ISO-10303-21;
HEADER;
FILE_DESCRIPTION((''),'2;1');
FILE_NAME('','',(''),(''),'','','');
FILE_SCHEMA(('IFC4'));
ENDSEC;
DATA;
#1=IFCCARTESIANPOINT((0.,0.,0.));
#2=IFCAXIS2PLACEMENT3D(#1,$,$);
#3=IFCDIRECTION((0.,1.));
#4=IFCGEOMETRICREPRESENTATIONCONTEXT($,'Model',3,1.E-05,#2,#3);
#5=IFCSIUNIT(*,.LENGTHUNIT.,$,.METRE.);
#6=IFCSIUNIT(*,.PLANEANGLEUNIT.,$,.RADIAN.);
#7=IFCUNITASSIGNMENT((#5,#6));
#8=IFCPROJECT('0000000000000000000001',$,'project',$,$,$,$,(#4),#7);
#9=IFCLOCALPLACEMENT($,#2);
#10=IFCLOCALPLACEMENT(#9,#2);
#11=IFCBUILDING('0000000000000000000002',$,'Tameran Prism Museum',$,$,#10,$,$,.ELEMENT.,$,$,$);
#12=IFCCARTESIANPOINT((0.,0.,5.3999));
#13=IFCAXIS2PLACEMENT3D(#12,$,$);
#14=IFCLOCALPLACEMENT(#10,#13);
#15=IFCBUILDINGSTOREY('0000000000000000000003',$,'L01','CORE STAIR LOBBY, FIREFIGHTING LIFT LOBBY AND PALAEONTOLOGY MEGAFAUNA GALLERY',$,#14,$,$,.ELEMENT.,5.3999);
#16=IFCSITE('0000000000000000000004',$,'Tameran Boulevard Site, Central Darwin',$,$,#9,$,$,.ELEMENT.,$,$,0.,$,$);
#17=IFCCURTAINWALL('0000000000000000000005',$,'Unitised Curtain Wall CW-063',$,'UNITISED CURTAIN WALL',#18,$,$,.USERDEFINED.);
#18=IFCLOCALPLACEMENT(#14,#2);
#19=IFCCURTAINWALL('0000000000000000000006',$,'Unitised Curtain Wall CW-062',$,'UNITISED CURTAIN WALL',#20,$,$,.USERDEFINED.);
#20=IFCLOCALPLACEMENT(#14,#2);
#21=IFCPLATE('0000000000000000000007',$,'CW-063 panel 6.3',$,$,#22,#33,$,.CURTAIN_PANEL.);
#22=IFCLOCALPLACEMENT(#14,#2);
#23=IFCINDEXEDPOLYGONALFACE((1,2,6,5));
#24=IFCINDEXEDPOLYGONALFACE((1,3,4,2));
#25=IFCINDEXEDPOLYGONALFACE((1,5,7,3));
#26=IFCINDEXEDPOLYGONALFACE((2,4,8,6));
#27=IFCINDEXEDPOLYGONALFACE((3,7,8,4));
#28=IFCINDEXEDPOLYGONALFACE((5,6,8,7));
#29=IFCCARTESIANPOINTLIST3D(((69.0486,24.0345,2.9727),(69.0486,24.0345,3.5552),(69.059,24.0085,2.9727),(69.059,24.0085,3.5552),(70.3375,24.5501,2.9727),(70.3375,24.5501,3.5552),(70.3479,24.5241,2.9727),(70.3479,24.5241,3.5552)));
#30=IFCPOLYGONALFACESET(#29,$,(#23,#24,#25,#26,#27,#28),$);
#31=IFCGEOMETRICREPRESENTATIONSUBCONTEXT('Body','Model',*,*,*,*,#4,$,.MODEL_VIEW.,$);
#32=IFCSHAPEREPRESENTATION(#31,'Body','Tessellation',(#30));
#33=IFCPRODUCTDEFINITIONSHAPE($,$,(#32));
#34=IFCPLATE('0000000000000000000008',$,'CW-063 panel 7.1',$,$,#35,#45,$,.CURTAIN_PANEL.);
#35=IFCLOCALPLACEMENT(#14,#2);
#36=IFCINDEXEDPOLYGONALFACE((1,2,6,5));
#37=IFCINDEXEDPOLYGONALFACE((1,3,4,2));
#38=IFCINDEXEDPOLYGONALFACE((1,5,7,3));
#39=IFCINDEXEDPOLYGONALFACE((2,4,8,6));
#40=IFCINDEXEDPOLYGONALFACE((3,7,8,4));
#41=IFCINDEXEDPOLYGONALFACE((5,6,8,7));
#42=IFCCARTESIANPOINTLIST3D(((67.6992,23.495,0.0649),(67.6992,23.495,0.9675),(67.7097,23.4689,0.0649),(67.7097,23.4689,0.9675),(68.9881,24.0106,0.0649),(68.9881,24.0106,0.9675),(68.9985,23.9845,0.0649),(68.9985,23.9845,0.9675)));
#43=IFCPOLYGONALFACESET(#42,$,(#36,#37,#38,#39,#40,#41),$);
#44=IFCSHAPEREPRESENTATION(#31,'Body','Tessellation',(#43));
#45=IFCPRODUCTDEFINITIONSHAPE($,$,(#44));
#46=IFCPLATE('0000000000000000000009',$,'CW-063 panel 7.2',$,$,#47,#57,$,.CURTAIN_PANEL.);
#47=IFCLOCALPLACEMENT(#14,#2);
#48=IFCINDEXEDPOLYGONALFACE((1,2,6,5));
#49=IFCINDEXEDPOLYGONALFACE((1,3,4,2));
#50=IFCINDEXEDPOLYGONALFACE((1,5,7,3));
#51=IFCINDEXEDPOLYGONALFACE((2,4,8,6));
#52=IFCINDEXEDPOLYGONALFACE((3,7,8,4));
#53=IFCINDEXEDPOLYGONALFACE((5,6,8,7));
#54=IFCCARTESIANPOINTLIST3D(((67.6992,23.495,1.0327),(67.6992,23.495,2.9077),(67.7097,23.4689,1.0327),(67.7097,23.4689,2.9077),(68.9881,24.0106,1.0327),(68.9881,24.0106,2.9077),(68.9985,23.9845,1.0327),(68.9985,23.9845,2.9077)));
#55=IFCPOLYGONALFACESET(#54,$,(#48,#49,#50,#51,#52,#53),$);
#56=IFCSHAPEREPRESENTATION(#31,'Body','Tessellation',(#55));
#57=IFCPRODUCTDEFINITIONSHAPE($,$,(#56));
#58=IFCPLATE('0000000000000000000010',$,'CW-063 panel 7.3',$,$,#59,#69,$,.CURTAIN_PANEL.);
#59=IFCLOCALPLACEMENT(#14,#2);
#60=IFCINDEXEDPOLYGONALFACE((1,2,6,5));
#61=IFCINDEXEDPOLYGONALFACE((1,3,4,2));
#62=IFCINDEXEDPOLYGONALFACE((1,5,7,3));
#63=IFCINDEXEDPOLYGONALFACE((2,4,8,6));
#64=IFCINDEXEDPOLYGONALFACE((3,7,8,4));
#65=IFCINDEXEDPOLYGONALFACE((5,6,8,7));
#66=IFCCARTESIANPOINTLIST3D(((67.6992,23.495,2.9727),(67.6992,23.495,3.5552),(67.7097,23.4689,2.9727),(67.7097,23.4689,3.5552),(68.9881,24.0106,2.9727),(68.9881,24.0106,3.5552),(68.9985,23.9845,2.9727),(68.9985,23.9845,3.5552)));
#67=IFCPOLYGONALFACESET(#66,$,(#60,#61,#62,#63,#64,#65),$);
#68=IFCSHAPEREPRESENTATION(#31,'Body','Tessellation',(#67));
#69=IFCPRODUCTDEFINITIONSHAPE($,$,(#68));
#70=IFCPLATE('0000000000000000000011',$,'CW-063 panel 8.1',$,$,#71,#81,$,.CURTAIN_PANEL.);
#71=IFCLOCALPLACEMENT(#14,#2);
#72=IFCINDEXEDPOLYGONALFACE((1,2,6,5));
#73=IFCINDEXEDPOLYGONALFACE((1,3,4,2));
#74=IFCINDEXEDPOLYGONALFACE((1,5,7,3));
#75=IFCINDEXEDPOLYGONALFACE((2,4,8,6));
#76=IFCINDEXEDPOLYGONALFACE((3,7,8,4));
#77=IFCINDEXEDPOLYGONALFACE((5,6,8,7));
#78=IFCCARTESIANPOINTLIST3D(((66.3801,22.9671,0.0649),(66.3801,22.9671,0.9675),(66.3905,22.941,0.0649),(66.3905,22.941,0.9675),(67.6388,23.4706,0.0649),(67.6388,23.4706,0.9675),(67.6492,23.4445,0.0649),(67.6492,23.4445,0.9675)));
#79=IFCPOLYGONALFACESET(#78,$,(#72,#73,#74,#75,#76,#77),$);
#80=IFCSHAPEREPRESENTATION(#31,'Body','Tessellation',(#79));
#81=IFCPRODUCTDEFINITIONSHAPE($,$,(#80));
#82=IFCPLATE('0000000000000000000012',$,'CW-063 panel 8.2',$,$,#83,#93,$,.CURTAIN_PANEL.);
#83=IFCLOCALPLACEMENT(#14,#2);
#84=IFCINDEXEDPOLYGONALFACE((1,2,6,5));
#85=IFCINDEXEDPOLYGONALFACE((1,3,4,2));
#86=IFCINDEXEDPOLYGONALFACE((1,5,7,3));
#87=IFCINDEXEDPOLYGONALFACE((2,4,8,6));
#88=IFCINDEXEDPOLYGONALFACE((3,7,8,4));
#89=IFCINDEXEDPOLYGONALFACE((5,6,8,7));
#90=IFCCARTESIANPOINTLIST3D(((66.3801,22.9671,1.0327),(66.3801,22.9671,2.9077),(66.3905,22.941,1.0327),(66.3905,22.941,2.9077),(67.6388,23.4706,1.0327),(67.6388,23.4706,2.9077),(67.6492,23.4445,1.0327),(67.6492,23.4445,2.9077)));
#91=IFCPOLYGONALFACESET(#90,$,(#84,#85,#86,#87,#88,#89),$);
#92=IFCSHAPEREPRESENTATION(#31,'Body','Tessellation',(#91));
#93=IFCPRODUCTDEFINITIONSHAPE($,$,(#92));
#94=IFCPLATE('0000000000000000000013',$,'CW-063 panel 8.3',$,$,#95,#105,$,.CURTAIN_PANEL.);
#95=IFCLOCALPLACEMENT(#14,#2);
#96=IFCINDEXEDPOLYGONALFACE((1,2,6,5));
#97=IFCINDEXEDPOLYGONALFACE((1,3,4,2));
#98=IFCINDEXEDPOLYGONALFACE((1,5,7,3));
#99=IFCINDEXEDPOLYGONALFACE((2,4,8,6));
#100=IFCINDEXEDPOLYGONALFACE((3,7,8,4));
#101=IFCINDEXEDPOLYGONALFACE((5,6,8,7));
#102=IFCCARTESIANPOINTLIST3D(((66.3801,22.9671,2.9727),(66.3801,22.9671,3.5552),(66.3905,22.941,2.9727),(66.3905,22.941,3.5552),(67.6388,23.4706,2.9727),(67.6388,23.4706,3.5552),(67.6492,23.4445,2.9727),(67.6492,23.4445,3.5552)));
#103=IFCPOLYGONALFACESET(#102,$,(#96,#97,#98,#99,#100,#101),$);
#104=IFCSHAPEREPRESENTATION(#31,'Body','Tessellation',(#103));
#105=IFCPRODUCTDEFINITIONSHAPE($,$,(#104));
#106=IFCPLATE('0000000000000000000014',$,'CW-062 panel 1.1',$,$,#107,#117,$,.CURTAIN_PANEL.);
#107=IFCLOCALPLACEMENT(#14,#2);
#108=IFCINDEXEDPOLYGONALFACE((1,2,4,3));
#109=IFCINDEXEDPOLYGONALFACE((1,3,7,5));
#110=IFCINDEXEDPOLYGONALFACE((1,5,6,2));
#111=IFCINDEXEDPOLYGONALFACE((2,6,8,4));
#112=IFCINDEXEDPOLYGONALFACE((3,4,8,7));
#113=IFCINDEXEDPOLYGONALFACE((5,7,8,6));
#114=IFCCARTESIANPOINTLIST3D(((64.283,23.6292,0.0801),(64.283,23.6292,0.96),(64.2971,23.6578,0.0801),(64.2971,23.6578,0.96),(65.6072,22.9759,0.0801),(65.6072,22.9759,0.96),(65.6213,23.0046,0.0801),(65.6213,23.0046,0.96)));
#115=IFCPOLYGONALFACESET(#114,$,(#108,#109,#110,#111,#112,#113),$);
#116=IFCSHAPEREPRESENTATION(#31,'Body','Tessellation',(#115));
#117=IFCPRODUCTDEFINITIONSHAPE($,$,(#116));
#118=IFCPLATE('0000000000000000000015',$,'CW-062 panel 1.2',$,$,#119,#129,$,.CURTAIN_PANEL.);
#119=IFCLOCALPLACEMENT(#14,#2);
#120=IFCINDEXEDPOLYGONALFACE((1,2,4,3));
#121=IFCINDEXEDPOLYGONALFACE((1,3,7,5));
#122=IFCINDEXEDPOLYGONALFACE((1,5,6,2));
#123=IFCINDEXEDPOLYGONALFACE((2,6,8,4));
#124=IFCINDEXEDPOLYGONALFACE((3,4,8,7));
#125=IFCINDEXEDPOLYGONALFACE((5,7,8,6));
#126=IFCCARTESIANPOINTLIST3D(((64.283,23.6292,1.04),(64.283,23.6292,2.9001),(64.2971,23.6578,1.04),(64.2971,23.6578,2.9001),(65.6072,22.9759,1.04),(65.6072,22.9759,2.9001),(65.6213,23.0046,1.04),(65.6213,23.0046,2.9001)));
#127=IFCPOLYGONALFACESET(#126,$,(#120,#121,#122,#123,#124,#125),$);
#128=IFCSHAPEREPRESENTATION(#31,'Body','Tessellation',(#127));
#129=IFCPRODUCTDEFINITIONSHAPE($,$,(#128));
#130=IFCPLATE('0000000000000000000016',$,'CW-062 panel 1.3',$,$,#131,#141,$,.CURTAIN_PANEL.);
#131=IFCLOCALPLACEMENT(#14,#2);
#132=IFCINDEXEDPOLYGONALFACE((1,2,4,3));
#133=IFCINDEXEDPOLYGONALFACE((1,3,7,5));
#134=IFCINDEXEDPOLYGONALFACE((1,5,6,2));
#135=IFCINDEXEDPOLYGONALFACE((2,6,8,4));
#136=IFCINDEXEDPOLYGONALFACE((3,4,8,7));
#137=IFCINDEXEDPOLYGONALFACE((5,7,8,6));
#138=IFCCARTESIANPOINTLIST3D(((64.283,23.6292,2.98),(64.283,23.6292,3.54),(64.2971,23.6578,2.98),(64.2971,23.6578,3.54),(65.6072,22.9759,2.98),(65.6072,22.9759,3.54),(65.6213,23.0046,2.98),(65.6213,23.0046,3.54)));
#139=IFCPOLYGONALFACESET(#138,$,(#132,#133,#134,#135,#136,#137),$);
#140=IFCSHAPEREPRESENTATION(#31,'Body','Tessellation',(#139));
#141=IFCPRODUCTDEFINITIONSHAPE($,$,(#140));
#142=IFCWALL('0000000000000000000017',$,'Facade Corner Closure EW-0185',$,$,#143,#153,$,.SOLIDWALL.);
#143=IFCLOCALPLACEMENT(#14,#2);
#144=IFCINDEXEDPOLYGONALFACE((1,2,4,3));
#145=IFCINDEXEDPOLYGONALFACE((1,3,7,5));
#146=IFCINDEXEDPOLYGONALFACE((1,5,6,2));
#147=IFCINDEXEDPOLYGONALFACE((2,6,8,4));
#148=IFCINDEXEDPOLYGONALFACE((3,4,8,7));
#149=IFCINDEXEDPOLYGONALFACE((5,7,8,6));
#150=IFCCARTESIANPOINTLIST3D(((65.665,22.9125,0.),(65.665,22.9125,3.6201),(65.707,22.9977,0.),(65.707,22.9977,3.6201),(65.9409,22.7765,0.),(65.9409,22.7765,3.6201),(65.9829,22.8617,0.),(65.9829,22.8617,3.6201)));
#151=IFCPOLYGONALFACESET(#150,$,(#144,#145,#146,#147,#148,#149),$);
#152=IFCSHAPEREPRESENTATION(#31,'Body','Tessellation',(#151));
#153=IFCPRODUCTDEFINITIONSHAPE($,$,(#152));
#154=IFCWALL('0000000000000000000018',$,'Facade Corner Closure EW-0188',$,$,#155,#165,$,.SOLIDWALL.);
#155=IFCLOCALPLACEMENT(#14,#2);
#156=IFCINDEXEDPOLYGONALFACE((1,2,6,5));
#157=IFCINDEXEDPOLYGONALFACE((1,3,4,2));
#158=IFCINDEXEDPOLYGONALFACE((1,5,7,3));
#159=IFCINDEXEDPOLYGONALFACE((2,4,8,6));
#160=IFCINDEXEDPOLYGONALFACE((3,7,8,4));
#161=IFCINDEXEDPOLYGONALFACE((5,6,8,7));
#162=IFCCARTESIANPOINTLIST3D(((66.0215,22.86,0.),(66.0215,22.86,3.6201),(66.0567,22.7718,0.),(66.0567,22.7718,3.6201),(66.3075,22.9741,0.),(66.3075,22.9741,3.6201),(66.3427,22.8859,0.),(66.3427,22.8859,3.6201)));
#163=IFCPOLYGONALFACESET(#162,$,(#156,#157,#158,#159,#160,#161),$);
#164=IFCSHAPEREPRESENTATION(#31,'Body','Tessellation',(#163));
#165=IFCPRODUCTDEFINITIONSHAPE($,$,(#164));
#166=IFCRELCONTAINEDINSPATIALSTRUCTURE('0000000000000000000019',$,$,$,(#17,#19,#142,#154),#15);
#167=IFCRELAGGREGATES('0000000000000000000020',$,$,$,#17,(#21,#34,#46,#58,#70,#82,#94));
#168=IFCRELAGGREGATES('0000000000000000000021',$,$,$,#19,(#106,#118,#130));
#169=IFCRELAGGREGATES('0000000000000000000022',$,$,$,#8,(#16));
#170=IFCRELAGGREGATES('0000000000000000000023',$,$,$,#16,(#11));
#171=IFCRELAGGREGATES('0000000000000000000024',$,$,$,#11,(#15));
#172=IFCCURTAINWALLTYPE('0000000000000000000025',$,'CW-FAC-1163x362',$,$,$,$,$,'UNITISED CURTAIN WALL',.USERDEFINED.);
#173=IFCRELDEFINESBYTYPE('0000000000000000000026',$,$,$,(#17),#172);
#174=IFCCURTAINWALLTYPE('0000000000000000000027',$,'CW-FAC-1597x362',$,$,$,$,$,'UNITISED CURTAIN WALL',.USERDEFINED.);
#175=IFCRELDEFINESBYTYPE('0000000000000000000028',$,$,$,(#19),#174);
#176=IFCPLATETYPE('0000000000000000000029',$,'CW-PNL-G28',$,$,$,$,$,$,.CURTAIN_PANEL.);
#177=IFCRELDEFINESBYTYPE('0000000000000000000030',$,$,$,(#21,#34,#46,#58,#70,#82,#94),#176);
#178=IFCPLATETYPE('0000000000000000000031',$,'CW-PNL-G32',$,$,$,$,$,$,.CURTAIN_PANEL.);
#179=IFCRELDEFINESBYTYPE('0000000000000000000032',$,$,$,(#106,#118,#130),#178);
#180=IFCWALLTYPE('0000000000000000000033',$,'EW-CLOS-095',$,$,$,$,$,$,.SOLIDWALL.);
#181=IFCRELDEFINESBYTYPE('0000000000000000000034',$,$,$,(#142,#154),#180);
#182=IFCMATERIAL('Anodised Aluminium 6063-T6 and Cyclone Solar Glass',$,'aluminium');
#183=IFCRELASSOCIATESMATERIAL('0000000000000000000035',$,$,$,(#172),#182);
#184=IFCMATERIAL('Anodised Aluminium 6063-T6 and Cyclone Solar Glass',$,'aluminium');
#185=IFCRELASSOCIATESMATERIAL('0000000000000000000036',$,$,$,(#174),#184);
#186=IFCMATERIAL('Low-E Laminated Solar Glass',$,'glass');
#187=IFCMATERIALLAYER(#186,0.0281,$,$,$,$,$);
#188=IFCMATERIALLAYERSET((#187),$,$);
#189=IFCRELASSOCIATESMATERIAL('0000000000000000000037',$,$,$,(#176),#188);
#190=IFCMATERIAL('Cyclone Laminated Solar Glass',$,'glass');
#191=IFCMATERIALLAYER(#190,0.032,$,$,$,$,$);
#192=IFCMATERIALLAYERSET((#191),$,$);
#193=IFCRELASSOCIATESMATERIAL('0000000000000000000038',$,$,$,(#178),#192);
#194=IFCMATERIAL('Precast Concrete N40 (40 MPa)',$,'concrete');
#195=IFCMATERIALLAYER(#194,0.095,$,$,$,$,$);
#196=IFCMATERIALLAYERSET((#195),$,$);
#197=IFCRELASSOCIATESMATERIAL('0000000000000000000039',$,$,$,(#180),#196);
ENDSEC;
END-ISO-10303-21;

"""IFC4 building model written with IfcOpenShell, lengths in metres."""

from ifc_helpers import new_model, si_unit, direction, frame, frame_2d, origin, origin_2d, place, context, subcontext, project, spatial, rectangle, extrude, material, layer, layer_set, type_object, element, aggregate, save


model = new_model("IFC4")

# Units and contexts
model_context = context("Model", 3, precision=1e-05, world=origin(), true_north=direction((0.0, 1.0)))
body_context = subcontext(model_context, "Body", "Model", "MODEL_VIEW")
ifc_project = project(units=[si_unit("LENGTHUNIT", "METRE"), si_unit("PLANEANGLEUNIT", "RADIAN")], contexts=[model_context])

# Site, building, storey
site_placement = place(None, origin())
site = spatial("IfcSite", under=ifc_project, at=site_placement, Name="Tameran Boulevard Site, Central Darwin", CompositionType="ELEMENT", RefElevation=0.0)
building_placement = place(site_placement, origin())
building = spatial("IfcBuilding", under=site, at=building_placement, Name="Tameran Prism Museum", CompositionType="ELEMENT")
storey_placement = place(building_placement, frame((0.0, 0.0, 5.3999)))
storey = spatial("IfcBuildingStorey", under=building, at=storey_placement, Name="L01", Description="CORE STAIR LOBBY, FIREFIGHTING LIFT LOBBY AND PALAEONTOLOGY MEGAFAUNA GALLERY", CompositionType="ELEMENT", Elevation=5.3999)

# Curtain walls
ifc_material_1 = material(Name="Anodised Aluminium 6063-T6 and Cyclone Solar Glass", Category="aluminium")
curtain_wall_type_1 = type_object("IfcCurtainWallType", Name="CW-FAC-1163x362", ElementType="UNITISED CURTAIN WALL", PredefinedType="USERDEFINED", material=ifc_material_1)
curtain_wall_1_placement = place(storey_placement, origin())
curtain_wall_1 = element("IfcCurtainWall", 1, at=curtain_wall_1_placement, inside=storey, type_object=curtain_wall_type_1, Name="Unitised Curtain Wall CW-063", ObjectType="UNITISED CURTAIN WALL", PredefinedType="USERDEFINED")
ifc_material_2 = material(Name="Anodised Aluminium 6063-T6 and Cyclone Solar Glass", Category="aluminium")
curtain_wall_type_2 = type_object("IfcCurtainWallType", Name="CW-FAC-1597x362", ElementType="UNITISED CURTAIN WALL", PredefinedType="USERDEFINED", material=ifc_material_2)
curtain_wall_2_placement = place(storey_placement, origin())
curtain_wall_2 = element("IfcCurtainWall", 2, at=curtain_wall_2_placement, inside=storey, type_object=curtain_wall_type_2, Name="Unitised Curtain Wall CW-062", ObjectType="UNITISED CURTAIN WALL", PredefinedType="USERDEFINED")

# Plates
ifc_material_3 = material(Name="Low-E Laminated Solar Glass", Category="glass")
ifc_layer_1 = layer(ifc_material_3, 0.0281)
ifc_layer_set_1 = layer_set([ifc_layer_1])
plate_type_1 = type_object("IfcPlateType", Name="CW-PNL-G28", PredefinedType="CURTAIN_PANEL", material=ifc_layer_set_1)
plate_1_placement = place(storey_placement, frame((69.6982, 24.2793, 2.9727), z_axis=(0.0, 0.0, 1.0), x_axis=(-0.928465, -0.37142, 0.0)))
plate_1 = element("IfcPlate", 3, at=plate_1_placement, type_object=plate_type_1, Name="CW-063 panel 6.3", PredefinedType="CURTAIN_PANEL", context=body_context, shape_type="SweptSolid", body=[
    extrude(rectangle(XDim=1.3882, YDim=0.0281, at=origin_2d()), origin(), (0.0, 0.0, 1.0), 0.5825),
])
plate_2_placement = place(storey_placement, frame((68.3489, 23.7397, 0.0649), z_axis=(0.0, 0.0, 1.0), x_axis=(-0.928465, -0.37142, 0.0)))
plate_2 = element("IfcPlate", 4, at=plate_2_placement, type_object=plate_type_1, Name="CW-063 panel 7.1", PredefinedType="CURTAIN_PANEL", context=body_context, shape_type="SweptSolid", body=[
    extrude(rectangle(XDim=1.3882, YDim=0.0281, at=origin_2d()), origin(), (0.0, 0.0, 1.0), 0.9026),
])
plate_3_placement = place(storey_placement, frame((68.3489, 23.7397, 1.0327), z_axis=(0.0, 0.0, 1.0), x_axis=(-0.928465, -0.37142, 0.0)))
plate_3 = element("IfcPlate", 5, at=plate_3_placement, type_object=plate_type_1, Name="CW-063 panel 7.2", PredefinedType="CURTAIN_PANEL", context=body_context, shape_type="SweptSolid", body=[
    extrude(rectangle(XDim=1.3882, YDim=0.0281, at=origin_2d()), origin(), (0.0, 0.0, 1.0), 1.875),
])
plate_4_placement = place(storey_placement, frame((68.3489, 23.7397, 2.9727), z_axis=(0.0, 0.0, 1.0), x_axis=(-0.928465, -0.37142, 0.0)))
plate_4 = element("IfcPlate", 6, at=plate_4_placement, type_object=plate_type_1, Name="CW-063 panel 7.3", PredefinedType="CURTAIN_PANEL", context=body_context, shape_type="SweptSolid", body=[
    extrude(rectangle(XDim=1.3882, YDim=0.0281, at=origin_2d()), origin(), (0.0, 0.0, 1.0), 0.5825),
])
plate_5_placement = place(storey_placement, frame((67.0146, 23.2058, 0.0649), z_axis=(0.0, 0.0, 1.0), x_axis=(-0.928465, -0.37142, 0.0)))
plate_5 = element("IfcPlate", 7, at=plate_5_placement, type_object=plate_type_1, Name="CW-063 panel 8.1", PredefinedType="CURTAIN_PANEL", context=body_context, shape_type="SweptSolid", body=[
    extrude(rectangle(XDim=1.3557, YDim=0.0281, at=origin_2d()), origin(), (0.0, 0.0, 1.0), 0.9026),
])
plate_6_placement = place(storey_placement, frame((67.0146, 23.2058, 1.0327), z_axis=(0.0, 0.0, 1.0), x_axis=(-0.928465, -0.37142, 0.0)))
plate_6 = element("IfcPlate", 8, at=plate_6_placement, type_object=plate_type_1, Name="CW-063 panel 8.2", PredefinedType="CURTAIN_PANEL", context=body_context, shape_type="SweptSolid", body=[
    extrude(rectangle(XDim=1.3557, YDim=0.0281, at=origin_2d()), origin(), (0.0, 0.0, 1.0), 1.875),
])
plate_7_placement = place(storey_placement, frame((67.0146, 23.2058, 2.9727), z_axis=(0.0, 0.0, 1.0), x_axis=(-0.928465, -0.37142, 0.0)))
plate_7 = element("IfcPlate", 9, at=plate_7_placement, type_object=plate_type_1, Name="CW-063 panel 8.3", PredefinedType="CURTAIN_PANEL", context=body_context, shape_type="SweptSolid", body=[
    extrude(rectangle(XDim=1.3557, YDim=0.0281, at=origin_2d()), origin(), (0.0, 0.0, 1.0), 0.5825),
])
aggregate(curtain_wall_1, [plate_1, plate_2, plate_3, plate_4, plate_5, plate_6, plate_7])
ifc_material_4 = material(Name="Cyclone Laminated Solar Glass", Category="glass")
ifc_layer_2 = layer(ifc_material_4, 0.032)
ifc_layer_set_2 = layer_set([ifc_layer_2])
plate_type_2 = type_object("IfcPlateType", Name="CW-PNL-G32", PredefinedType="CURTAIN_PANEL", material=ifc_layer_set_2)
plate_8_placement = place(storey_placement, frame((64.9521, 23.3169, 0.0801), z_axis=(0.0, 0.0, 1.0), x_axis=(-0.896819, 0.442397, 0.0)))
plate_8 = element("IfcPlate", 10, at=plate_8_placement, type_object=plate_type_2, Name="CW-062 panel 1.1", PredefinedType="CURTAIN_PANEL", context=body_context, shape_type="SweptSolid", body=[
    extrude(rectangle(XDim=1.4766, YDim=0.032, at=origin_2d()), origin(), (0.0, 0.0, 1.0), 0.8799),
])
plate_9_placement = place(storey_placement, frame((64.9521, 23.3169, 1.04), z_axis=(0.0, 0.0, 1.0), x_axis=(-0.896819, 0.442397, 0.0)))
plate_9 = element("IfcPlate", 11, at=plate_9_placement, type_object=plate_type_2, Name="CW-062 panel 1.2", PredefinedType="CURTAIN_PANEL", context=body_context, shape_type="SweptSolid", body=[
    extrude(rectangle(XDim=1.4766, YDim=0.032, at=origin_2d()), origin(), (0.0, 0.0, 1.0), 1.8601),
])
plate_10_placement = place(storey_placement, frame((64.9521, 23.3169, 2.98), z_axis=(0.0, 0.0, 1.0), x_axis=(-0.896819, 0.442397, 0.0)))
plate_10 = element("IfcPlate", 12, at=plate_10_placement, type_object=plate_type_2, Name="CW-062 panel 1.3", PredefinedType="CURTAIN_PANEL", context=body_context, shape_type="SweptSolid", body=[
    extrude(rectangle(XDim=1.4766, YDim=0.032, at=origin_2d()), origin(), (0.0, 0.0, 1.0), 0.5601),
])
aggregate(curtain_wall_2, [plate_8, plate_9, plate_10])

# Walls
ifc_material_5 = material(Name="Precast Concrete N40 (40 MPa)", Category="concrete")
ifc_layer_3 = layer(ifc_material_5, 0.095)
ifc_layer_set_3 = layer_set([ifc_layer_3])
wall_type = type_object("IfcWallType", Name="EW-CLOS-095", PredefinedType="SOLIDWALL", material=ifc_layer_set_3)
wall_1_placement = place(storey_placement, frame((65.9619, 22.8191, 0.0), z_axis=(0.0, 0.0, 1.0), x_axis=(-0.896953, 0.442126, 0.0)))
element("IfcWall", 13, at=wall_1_placement, inside=storey, type_object=wall_type, Name="Facade Corner Closure EW-0185", PredefinedType="SOLIDWALL", context=body_context, shape_type="SweptSolid", body=[
    extrude(rectangle(XDim=0.3076, YDim=0.095, at=frame_2d((0.1538, 0.0))), origin(), (0.0, 0.0, 1.0), 3.6201),
])
wall_2_placement = place(storey_placement, frame((66.325, 22.9299, 0.0), z_axis=(0.0, 0.0, 1.0), x_axis=(-0.928859, -0.370433, 0.0)))
element("IfcWall", 14, at=wall_2_placement, inside=storey, type_object=wall_type, Name="Facade Corner Closure EW-0188", PredefinedType="SOLIDWALL", context=body_context, shape_type="SweptSolid", body=[
    extrude(rectangle(XDim=0.3079, YDim=0.095, at=frame_2d((0.1538, 0.0))), origin(), (0.0, 0.0, 1.0), 3.6201),
])

save(model, "model.ifc")
